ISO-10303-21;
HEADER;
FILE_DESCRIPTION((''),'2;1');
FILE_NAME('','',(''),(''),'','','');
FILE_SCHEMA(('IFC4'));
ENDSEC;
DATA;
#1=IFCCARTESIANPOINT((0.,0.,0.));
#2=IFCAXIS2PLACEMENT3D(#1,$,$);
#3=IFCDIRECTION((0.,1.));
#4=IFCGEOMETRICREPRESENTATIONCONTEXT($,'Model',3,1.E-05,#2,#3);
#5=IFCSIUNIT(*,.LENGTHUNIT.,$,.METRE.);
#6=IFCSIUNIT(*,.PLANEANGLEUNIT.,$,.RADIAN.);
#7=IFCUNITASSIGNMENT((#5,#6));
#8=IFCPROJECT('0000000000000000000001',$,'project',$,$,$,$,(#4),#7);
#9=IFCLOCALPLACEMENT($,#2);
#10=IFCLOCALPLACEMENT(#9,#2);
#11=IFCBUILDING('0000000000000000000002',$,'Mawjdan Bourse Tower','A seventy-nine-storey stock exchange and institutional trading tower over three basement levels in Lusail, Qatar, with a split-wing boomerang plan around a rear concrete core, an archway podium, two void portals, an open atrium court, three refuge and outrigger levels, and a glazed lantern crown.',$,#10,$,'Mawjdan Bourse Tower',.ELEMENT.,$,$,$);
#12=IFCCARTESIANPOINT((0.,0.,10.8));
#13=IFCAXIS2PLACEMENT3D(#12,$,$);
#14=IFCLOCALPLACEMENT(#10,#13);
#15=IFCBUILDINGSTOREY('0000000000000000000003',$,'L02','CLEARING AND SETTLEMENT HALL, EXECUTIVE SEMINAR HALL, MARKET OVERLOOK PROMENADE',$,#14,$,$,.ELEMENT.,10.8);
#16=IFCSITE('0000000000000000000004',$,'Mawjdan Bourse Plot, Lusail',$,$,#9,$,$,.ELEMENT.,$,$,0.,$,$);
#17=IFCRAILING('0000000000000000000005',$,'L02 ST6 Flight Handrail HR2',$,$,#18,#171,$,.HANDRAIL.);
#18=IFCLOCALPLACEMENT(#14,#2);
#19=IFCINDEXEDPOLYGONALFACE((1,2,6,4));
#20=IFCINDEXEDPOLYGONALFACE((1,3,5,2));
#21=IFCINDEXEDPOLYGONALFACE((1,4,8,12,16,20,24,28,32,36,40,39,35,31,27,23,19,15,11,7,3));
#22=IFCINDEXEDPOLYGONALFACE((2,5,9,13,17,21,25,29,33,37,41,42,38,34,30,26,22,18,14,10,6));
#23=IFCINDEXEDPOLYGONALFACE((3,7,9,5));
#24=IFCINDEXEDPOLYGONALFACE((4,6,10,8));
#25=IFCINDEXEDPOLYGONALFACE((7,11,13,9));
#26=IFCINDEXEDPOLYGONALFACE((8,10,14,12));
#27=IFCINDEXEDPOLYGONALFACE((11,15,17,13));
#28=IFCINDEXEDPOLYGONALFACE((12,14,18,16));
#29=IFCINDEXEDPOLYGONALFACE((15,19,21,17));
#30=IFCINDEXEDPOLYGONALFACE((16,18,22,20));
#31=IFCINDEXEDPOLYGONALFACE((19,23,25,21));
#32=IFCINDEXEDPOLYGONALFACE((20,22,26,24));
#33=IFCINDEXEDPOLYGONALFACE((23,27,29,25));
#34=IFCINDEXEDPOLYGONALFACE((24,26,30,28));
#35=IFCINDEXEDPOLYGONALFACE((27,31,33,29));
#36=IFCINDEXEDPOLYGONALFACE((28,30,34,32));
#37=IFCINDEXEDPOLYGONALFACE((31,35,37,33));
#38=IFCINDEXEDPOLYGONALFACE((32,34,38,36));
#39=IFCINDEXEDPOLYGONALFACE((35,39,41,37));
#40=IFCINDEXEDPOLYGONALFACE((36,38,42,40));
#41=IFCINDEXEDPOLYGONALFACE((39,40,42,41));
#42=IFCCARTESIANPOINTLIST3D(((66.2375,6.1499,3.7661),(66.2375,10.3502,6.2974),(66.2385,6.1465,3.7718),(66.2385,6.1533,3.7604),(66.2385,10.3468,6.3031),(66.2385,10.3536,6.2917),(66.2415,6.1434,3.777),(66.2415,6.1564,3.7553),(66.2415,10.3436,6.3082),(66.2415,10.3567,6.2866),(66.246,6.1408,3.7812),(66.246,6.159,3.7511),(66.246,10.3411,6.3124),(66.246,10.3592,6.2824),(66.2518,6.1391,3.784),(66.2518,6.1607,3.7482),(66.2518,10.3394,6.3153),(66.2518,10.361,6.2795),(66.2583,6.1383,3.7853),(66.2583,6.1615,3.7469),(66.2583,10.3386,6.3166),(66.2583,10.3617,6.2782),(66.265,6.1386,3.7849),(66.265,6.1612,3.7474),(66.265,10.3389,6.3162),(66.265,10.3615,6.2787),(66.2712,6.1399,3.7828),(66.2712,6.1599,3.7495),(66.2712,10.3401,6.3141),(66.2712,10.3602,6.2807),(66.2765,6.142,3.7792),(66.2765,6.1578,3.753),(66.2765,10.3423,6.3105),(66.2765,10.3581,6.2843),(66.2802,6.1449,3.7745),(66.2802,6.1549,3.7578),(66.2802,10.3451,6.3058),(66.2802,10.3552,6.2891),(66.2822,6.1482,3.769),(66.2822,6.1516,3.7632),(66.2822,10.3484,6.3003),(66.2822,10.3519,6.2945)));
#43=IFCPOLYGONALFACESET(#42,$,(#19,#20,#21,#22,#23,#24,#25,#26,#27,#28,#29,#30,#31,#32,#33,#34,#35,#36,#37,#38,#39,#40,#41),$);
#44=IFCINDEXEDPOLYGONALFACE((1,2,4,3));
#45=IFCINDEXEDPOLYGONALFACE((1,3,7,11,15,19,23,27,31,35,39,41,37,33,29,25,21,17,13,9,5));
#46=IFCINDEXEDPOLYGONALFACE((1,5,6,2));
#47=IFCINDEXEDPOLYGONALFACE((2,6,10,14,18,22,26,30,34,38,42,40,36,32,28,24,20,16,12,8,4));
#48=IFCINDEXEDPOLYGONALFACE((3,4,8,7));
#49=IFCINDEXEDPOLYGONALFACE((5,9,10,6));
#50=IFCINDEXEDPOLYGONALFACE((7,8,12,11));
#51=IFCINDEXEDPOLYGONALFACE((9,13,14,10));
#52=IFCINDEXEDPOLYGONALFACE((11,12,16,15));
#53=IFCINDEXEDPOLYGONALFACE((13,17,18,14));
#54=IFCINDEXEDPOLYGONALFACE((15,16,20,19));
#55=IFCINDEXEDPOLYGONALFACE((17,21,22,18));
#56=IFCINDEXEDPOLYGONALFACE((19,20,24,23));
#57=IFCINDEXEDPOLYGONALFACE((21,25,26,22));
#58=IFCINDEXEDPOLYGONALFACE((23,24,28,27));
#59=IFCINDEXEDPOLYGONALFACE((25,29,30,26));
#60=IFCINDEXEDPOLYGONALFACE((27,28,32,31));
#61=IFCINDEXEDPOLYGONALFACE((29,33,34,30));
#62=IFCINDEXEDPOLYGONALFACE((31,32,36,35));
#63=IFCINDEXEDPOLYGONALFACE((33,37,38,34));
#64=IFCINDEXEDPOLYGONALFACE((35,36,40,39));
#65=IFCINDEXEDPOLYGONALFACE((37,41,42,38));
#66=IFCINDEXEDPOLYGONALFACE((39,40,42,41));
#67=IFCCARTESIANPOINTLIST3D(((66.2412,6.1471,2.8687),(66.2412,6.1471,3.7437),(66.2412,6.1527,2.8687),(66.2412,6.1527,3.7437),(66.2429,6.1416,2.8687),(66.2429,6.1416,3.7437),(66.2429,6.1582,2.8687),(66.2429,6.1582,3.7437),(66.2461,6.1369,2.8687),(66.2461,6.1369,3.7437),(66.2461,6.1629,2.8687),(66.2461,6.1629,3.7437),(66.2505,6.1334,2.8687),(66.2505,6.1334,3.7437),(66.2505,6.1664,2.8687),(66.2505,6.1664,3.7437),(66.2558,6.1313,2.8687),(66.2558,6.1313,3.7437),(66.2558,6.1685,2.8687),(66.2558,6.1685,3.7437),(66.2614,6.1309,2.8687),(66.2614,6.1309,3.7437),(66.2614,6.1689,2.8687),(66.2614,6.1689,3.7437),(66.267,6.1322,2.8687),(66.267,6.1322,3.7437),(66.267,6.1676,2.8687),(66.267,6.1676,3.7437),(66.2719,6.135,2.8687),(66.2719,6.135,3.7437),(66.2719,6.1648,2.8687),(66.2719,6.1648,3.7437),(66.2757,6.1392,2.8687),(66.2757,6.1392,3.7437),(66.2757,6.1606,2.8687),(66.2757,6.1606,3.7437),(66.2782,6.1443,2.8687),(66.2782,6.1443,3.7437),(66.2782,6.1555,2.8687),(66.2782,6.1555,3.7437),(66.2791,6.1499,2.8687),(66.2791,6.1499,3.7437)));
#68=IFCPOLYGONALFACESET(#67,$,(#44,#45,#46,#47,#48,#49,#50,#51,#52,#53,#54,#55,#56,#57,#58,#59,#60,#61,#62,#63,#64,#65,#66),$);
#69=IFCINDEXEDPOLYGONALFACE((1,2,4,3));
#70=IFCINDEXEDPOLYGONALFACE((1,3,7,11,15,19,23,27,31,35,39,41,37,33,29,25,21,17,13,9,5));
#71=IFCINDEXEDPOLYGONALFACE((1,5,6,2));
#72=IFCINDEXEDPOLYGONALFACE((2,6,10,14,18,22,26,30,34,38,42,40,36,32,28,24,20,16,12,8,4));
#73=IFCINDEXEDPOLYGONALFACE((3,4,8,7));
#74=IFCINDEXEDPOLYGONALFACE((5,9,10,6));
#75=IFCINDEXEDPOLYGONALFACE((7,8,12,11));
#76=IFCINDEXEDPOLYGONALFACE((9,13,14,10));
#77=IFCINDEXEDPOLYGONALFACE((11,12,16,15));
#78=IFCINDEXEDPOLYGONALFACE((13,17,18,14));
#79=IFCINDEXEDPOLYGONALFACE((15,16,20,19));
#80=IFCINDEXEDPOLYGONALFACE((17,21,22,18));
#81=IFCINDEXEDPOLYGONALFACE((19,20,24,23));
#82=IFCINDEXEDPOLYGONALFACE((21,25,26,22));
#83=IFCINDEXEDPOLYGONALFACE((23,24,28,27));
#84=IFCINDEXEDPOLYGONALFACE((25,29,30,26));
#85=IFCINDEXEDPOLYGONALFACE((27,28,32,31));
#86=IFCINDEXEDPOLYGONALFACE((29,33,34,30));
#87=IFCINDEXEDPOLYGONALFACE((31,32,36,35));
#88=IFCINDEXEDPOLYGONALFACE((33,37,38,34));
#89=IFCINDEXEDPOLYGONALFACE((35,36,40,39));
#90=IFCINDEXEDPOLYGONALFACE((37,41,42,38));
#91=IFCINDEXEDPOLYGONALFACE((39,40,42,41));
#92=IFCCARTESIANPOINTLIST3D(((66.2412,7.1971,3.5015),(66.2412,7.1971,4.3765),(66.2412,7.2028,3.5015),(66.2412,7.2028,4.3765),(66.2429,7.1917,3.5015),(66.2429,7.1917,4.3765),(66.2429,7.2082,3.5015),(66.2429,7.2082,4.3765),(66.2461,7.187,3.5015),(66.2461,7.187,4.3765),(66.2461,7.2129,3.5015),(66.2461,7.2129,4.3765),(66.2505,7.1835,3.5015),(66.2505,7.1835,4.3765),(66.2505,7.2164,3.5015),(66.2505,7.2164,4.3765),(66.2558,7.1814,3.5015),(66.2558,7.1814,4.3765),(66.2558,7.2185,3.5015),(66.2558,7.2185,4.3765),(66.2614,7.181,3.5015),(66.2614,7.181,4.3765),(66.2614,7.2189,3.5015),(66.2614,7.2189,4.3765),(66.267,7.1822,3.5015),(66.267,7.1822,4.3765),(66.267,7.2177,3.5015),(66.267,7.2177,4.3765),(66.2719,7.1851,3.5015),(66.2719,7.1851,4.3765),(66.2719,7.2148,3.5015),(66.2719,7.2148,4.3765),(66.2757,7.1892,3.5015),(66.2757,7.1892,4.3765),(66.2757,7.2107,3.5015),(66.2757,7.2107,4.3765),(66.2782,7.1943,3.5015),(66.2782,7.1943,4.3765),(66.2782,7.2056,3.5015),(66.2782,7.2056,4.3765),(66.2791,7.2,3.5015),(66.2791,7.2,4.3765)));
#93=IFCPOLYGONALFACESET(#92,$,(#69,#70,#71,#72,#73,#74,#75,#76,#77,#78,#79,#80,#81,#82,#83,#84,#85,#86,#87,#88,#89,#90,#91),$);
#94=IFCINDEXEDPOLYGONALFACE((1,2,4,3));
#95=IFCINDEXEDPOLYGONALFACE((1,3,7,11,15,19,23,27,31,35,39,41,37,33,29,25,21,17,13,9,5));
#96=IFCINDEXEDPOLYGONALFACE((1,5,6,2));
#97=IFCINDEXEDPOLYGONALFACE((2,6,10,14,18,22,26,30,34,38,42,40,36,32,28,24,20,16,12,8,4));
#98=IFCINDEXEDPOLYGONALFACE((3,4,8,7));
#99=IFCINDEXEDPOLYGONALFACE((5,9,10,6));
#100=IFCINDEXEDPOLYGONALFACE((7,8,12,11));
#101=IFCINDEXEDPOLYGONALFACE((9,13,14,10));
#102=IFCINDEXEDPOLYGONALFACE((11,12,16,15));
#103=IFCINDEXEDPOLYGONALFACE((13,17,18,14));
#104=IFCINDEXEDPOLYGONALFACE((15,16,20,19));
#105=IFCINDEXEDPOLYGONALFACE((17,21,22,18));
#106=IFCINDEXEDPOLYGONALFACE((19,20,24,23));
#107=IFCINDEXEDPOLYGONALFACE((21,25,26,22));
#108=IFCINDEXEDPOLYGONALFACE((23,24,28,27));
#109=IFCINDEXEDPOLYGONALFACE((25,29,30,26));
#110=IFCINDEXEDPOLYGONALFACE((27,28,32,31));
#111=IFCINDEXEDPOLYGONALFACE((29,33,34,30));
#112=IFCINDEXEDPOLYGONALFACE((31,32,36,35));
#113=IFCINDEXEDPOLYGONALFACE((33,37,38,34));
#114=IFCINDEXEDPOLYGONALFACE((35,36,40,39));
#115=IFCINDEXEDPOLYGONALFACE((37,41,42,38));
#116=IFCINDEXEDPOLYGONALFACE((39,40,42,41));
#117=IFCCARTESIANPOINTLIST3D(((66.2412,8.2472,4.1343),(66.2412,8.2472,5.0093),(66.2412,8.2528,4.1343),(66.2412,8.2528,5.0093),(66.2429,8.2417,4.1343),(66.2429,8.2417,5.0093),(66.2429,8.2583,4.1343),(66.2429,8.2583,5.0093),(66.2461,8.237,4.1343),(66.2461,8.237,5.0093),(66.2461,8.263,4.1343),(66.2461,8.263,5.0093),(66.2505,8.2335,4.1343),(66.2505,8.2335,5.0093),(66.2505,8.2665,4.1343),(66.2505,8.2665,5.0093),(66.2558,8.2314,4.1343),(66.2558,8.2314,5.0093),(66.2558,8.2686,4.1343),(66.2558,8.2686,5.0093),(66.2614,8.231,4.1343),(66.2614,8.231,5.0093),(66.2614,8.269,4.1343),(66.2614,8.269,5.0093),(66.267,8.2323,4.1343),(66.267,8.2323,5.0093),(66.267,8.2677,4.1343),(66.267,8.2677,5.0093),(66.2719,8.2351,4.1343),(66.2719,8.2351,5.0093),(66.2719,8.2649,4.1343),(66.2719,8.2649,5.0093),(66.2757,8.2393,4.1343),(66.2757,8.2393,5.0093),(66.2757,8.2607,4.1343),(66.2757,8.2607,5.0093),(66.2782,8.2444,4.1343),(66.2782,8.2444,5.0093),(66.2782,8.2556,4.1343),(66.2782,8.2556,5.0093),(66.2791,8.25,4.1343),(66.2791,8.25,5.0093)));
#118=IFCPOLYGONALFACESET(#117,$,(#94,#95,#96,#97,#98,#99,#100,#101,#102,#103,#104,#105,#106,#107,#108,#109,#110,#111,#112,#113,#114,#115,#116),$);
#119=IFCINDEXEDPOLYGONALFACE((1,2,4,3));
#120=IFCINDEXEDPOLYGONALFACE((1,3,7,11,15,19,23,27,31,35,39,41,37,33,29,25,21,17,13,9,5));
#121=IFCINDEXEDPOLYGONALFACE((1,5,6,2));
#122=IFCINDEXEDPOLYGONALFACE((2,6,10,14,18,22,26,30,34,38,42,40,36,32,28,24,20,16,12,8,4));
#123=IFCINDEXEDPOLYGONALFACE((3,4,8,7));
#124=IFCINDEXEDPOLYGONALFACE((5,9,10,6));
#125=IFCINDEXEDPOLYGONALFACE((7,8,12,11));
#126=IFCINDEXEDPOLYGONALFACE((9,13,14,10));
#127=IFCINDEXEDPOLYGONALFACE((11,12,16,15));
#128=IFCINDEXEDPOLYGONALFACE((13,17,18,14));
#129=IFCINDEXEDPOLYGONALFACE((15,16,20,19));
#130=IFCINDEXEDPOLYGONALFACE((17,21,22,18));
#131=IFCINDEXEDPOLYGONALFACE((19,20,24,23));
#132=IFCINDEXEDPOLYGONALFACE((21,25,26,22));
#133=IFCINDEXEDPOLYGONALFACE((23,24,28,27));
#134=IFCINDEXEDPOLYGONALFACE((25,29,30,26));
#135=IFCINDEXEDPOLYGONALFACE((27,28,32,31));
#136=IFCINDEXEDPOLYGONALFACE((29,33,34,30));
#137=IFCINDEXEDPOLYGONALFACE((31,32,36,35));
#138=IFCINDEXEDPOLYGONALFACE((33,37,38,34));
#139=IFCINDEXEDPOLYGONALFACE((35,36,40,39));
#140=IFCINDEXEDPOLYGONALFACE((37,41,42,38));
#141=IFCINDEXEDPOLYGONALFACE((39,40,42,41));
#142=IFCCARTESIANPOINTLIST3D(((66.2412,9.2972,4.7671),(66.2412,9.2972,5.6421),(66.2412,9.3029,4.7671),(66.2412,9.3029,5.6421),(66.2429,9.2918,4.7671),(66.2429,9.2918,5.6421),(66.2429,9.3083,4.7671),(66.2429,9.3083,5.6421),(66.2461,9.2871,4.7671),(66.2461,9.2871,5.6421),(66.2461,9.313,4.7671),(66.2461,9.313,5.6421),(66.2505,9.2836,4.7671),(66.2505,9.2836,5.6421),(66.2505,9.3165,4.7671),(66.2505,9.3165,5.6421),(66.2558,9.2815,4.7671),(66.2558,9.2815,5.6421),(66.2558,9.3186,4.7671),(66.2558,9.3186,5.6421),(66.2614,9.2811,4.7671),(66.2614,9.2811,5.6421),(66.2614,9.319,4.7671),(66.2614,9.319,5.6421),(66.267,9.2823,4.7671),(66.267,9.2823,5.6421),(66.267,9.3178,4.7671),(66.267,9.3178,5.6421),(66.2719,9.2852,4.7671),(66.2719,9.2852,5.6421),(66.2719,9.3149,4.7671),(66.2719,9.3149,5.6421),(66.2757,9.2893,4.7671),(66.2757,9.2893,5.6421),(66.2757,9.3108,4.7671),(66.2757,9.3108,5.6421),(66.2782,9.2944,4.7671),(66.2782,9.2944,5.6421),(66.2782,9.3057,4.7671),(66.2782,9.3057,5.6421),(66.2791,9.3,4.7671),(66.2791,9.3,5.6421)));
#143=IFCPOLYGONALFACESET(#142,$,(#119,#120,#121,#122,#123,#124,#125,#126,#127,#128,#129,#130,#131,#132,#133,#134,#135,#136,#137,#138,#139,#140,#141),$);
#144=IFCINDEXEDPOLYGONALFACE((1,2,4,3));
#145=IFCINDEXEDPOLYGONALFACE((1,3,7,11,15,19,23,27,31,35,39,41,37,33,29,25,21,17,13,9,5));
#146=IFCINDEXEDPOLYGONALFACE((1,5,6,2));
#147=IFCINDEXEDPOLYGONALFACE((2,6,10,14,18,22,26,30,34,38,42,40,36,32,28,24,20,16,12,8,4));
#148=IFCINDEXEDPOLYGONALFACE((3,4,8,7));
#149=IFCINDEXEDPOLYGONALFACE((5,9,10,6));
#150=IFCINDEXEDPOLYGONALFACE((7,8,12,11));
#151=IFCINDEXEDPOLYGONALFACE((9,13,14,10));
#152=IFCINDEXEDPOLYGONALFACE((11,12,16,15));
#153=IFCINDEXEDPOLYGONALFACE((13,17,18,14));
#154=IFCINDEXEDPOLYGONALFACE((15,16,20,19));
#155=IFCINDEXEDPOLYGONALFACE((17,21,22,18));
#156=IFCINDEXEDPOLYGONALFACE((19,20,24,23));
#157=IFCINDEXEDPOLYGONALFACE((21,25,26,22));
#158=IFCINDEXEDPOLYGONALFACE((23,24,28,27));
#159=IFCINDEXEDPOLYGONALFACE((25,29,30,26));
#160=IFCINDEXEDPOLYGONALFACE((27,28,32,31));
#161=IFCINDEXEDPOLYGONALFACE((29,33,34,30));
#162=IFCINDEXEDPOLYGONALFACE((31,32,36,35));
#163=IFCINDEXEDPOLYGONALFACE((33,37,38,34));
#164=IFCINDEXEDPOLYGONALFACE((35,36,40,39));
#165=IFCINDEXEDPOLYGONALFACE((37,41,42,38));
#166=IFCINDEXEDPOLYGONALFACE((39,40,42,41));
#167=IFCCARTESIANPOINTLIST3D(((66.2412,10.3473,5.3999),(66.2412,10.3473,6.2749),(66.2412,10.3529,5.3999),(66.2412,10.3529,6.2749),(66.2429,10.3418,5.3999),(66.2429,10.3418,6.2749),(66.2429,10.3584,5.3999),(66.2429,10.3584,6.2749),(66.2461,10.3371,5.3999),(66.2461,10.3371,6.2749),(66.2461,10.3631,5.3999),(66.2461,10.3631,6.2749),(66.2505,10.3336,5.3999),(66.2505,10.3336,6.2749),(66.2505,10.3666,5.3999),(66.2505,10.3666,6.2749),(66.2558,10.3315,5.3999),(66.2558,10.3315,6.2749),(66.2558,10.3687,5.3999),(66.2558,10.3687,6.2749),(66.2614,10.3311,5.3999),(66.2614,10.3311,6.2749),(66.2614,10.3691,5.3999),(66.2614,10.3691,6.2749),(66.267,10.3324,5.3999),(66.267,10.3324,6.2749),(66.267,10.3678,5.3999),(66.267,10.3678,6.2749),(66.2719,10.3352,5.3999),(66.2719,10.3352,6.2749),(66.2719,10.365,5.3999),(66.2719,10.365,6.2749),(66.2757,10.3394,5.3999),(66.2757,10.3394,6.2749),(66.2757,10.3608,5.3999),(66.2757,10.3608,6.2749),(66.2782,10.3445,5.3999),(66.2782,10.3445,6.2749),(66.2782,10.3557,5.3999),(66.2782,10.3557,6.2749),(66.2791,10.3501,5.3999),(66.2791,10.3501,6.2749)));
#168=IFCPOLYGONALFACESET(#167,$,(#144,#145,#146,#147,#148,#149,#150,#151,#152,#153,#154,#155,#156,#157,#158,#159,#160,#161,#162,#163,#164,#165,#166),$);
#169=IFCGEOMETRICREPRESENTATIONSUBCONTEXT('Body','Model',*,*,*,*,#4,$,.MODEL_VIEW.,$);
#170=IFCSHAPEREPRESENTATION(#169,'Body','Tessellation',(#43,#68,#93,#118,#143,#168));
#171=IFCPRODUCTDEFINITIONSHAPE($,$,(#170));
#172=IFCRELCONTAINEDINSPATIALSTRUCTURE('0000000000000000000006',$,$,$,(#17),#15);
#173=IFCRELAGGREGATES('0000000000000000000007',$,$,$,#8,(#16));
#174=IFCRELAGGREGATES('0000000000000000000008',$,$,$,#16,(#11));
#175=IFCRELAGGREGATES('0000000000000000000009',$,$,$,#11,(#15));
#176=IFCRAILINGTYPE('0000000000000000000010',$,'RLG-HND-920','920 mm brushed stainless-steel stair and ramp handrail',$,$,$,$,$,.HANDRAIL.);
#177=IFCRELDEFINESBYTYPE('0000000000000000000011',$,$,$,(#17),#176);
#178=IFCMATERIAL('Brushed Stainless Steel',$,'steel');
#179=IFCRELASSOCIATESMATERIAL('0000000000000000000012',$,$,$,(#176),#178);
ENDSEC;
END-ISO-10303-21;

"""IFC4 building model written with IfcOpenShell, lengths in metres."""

from ifc_helpers import new_model, si_unit, direction, frame, origin, origin_2d, place, context, subcontext, project, spatial, circle, extrude, material, type_object, element, save


model = new_model("IFC4")

# Units and contexts
model_context = context("Model", 3, precision=1e-05, world=origin(), true_north=direction((0.0, 1.0)))
body_context = subcontext(model_context, "Body", "Model", "MODEL_VIEW")
ifc_project = project(units=[si_unit("LENGTHUNIT", "METRE"), si_unit("PLANEANGLEUNIT", "RADIAN")], contexts=[model_context])

# Site, building, storey
site_placement = place(None, origin())
site = spatial("IfcSite", under=ifc_project, at=site_placement, Name="Mawjdan Bourse Plot, Lusail", CompositionType="ELEMENT", RefElevation=0.0)
building_placement = place(site_placement, origin())
building = spatial("IfcBuilding", under=site, at=building_placement, Name="Mawjdan Bourse Tower", Description="A seventy-nine-storey stock exchange and institutional trading tower over three basement levels in Lusail, Qatar, with a split-wing boomerang plan around a rear concrete core, an archway podium, two void portals, an open atrium court, three refuge and outrigger levels, and a glazed lantern crown.", LongName="Mawjdan Bourse Tower", CompositionType="ELEMENT")
storey_placement = place(building_placement, frame((0.0, 0.0, 10.8)))
storey = spatial("IfcBuildingStorey", under=building, at=storey_placement, Name="L02", Description="CLEARING AND SETTLEMENT HALL, EXECUTIVE SEMINAR HALL, MARKET OVERLOOK PROMENADE", CompositionType="ELEMENT", Elevation=10.8)

# Railing
ifc_material_1 = material(Name="Brushed Stainless Steel", Category="steel")
railing_type_1 = type_object("IfcRailingType", Name="RLG-HND-920", Description="920 mm brushed stainless-steel stair and ramp handrail", PredefinedType="HANDRAIL", material=ifc_material_1)
railing_1_placement = place(storey_placement, frame((66.26, 6.1499, 2.8687)))
element("IfcRailing", 1, at=railing_1_placement, inside=storey, type_object=railing_type_1, Name="L02 ST6 Flight Handrail HR2", PredefinedType="HANDRAIL", context=body_context, shape_type="SweptSolid", body=[
    extrude(circle(Radius=0.0225, at=origin_2d()), frame((0.0, 0.0, 0.8975), z_axis=(0.0, 0.85649, 0.516164), x_axis=(-1.0, 0.0, 0.0)), (0.0, 0.0, 1.0), 4.9041),
    extrude(circle(Radius=0.019, at=origin_2d()), origin(), (0.0, 0.0, 1.0), 0.875),
    extrude(circle(Radius=0.019, at=origin_2d()), frame((0.0, 1.05, 0.6328)), (0.0, 0.0, 1.0), 0.875),
    extrude(circle(Radius=0.019, at=origin_2d()), frame((0.0, 2.1001, 1.2656)), (0.0, 0.0, 1.0), 0.875),
    extrude(circle(Radius=0.019, at=origin_2d()), frame((0.0, 3.1501, 1.8984)), (0.0, 0.0, 1.0), 0.875),
    extrude(circle(Radius=0.019, at=origin_2d()), frame((0.0, 4.2002, 2.5312)), (0.0, 0.0, 1.0), 0.875),
])

save(model, "model.ifc")
